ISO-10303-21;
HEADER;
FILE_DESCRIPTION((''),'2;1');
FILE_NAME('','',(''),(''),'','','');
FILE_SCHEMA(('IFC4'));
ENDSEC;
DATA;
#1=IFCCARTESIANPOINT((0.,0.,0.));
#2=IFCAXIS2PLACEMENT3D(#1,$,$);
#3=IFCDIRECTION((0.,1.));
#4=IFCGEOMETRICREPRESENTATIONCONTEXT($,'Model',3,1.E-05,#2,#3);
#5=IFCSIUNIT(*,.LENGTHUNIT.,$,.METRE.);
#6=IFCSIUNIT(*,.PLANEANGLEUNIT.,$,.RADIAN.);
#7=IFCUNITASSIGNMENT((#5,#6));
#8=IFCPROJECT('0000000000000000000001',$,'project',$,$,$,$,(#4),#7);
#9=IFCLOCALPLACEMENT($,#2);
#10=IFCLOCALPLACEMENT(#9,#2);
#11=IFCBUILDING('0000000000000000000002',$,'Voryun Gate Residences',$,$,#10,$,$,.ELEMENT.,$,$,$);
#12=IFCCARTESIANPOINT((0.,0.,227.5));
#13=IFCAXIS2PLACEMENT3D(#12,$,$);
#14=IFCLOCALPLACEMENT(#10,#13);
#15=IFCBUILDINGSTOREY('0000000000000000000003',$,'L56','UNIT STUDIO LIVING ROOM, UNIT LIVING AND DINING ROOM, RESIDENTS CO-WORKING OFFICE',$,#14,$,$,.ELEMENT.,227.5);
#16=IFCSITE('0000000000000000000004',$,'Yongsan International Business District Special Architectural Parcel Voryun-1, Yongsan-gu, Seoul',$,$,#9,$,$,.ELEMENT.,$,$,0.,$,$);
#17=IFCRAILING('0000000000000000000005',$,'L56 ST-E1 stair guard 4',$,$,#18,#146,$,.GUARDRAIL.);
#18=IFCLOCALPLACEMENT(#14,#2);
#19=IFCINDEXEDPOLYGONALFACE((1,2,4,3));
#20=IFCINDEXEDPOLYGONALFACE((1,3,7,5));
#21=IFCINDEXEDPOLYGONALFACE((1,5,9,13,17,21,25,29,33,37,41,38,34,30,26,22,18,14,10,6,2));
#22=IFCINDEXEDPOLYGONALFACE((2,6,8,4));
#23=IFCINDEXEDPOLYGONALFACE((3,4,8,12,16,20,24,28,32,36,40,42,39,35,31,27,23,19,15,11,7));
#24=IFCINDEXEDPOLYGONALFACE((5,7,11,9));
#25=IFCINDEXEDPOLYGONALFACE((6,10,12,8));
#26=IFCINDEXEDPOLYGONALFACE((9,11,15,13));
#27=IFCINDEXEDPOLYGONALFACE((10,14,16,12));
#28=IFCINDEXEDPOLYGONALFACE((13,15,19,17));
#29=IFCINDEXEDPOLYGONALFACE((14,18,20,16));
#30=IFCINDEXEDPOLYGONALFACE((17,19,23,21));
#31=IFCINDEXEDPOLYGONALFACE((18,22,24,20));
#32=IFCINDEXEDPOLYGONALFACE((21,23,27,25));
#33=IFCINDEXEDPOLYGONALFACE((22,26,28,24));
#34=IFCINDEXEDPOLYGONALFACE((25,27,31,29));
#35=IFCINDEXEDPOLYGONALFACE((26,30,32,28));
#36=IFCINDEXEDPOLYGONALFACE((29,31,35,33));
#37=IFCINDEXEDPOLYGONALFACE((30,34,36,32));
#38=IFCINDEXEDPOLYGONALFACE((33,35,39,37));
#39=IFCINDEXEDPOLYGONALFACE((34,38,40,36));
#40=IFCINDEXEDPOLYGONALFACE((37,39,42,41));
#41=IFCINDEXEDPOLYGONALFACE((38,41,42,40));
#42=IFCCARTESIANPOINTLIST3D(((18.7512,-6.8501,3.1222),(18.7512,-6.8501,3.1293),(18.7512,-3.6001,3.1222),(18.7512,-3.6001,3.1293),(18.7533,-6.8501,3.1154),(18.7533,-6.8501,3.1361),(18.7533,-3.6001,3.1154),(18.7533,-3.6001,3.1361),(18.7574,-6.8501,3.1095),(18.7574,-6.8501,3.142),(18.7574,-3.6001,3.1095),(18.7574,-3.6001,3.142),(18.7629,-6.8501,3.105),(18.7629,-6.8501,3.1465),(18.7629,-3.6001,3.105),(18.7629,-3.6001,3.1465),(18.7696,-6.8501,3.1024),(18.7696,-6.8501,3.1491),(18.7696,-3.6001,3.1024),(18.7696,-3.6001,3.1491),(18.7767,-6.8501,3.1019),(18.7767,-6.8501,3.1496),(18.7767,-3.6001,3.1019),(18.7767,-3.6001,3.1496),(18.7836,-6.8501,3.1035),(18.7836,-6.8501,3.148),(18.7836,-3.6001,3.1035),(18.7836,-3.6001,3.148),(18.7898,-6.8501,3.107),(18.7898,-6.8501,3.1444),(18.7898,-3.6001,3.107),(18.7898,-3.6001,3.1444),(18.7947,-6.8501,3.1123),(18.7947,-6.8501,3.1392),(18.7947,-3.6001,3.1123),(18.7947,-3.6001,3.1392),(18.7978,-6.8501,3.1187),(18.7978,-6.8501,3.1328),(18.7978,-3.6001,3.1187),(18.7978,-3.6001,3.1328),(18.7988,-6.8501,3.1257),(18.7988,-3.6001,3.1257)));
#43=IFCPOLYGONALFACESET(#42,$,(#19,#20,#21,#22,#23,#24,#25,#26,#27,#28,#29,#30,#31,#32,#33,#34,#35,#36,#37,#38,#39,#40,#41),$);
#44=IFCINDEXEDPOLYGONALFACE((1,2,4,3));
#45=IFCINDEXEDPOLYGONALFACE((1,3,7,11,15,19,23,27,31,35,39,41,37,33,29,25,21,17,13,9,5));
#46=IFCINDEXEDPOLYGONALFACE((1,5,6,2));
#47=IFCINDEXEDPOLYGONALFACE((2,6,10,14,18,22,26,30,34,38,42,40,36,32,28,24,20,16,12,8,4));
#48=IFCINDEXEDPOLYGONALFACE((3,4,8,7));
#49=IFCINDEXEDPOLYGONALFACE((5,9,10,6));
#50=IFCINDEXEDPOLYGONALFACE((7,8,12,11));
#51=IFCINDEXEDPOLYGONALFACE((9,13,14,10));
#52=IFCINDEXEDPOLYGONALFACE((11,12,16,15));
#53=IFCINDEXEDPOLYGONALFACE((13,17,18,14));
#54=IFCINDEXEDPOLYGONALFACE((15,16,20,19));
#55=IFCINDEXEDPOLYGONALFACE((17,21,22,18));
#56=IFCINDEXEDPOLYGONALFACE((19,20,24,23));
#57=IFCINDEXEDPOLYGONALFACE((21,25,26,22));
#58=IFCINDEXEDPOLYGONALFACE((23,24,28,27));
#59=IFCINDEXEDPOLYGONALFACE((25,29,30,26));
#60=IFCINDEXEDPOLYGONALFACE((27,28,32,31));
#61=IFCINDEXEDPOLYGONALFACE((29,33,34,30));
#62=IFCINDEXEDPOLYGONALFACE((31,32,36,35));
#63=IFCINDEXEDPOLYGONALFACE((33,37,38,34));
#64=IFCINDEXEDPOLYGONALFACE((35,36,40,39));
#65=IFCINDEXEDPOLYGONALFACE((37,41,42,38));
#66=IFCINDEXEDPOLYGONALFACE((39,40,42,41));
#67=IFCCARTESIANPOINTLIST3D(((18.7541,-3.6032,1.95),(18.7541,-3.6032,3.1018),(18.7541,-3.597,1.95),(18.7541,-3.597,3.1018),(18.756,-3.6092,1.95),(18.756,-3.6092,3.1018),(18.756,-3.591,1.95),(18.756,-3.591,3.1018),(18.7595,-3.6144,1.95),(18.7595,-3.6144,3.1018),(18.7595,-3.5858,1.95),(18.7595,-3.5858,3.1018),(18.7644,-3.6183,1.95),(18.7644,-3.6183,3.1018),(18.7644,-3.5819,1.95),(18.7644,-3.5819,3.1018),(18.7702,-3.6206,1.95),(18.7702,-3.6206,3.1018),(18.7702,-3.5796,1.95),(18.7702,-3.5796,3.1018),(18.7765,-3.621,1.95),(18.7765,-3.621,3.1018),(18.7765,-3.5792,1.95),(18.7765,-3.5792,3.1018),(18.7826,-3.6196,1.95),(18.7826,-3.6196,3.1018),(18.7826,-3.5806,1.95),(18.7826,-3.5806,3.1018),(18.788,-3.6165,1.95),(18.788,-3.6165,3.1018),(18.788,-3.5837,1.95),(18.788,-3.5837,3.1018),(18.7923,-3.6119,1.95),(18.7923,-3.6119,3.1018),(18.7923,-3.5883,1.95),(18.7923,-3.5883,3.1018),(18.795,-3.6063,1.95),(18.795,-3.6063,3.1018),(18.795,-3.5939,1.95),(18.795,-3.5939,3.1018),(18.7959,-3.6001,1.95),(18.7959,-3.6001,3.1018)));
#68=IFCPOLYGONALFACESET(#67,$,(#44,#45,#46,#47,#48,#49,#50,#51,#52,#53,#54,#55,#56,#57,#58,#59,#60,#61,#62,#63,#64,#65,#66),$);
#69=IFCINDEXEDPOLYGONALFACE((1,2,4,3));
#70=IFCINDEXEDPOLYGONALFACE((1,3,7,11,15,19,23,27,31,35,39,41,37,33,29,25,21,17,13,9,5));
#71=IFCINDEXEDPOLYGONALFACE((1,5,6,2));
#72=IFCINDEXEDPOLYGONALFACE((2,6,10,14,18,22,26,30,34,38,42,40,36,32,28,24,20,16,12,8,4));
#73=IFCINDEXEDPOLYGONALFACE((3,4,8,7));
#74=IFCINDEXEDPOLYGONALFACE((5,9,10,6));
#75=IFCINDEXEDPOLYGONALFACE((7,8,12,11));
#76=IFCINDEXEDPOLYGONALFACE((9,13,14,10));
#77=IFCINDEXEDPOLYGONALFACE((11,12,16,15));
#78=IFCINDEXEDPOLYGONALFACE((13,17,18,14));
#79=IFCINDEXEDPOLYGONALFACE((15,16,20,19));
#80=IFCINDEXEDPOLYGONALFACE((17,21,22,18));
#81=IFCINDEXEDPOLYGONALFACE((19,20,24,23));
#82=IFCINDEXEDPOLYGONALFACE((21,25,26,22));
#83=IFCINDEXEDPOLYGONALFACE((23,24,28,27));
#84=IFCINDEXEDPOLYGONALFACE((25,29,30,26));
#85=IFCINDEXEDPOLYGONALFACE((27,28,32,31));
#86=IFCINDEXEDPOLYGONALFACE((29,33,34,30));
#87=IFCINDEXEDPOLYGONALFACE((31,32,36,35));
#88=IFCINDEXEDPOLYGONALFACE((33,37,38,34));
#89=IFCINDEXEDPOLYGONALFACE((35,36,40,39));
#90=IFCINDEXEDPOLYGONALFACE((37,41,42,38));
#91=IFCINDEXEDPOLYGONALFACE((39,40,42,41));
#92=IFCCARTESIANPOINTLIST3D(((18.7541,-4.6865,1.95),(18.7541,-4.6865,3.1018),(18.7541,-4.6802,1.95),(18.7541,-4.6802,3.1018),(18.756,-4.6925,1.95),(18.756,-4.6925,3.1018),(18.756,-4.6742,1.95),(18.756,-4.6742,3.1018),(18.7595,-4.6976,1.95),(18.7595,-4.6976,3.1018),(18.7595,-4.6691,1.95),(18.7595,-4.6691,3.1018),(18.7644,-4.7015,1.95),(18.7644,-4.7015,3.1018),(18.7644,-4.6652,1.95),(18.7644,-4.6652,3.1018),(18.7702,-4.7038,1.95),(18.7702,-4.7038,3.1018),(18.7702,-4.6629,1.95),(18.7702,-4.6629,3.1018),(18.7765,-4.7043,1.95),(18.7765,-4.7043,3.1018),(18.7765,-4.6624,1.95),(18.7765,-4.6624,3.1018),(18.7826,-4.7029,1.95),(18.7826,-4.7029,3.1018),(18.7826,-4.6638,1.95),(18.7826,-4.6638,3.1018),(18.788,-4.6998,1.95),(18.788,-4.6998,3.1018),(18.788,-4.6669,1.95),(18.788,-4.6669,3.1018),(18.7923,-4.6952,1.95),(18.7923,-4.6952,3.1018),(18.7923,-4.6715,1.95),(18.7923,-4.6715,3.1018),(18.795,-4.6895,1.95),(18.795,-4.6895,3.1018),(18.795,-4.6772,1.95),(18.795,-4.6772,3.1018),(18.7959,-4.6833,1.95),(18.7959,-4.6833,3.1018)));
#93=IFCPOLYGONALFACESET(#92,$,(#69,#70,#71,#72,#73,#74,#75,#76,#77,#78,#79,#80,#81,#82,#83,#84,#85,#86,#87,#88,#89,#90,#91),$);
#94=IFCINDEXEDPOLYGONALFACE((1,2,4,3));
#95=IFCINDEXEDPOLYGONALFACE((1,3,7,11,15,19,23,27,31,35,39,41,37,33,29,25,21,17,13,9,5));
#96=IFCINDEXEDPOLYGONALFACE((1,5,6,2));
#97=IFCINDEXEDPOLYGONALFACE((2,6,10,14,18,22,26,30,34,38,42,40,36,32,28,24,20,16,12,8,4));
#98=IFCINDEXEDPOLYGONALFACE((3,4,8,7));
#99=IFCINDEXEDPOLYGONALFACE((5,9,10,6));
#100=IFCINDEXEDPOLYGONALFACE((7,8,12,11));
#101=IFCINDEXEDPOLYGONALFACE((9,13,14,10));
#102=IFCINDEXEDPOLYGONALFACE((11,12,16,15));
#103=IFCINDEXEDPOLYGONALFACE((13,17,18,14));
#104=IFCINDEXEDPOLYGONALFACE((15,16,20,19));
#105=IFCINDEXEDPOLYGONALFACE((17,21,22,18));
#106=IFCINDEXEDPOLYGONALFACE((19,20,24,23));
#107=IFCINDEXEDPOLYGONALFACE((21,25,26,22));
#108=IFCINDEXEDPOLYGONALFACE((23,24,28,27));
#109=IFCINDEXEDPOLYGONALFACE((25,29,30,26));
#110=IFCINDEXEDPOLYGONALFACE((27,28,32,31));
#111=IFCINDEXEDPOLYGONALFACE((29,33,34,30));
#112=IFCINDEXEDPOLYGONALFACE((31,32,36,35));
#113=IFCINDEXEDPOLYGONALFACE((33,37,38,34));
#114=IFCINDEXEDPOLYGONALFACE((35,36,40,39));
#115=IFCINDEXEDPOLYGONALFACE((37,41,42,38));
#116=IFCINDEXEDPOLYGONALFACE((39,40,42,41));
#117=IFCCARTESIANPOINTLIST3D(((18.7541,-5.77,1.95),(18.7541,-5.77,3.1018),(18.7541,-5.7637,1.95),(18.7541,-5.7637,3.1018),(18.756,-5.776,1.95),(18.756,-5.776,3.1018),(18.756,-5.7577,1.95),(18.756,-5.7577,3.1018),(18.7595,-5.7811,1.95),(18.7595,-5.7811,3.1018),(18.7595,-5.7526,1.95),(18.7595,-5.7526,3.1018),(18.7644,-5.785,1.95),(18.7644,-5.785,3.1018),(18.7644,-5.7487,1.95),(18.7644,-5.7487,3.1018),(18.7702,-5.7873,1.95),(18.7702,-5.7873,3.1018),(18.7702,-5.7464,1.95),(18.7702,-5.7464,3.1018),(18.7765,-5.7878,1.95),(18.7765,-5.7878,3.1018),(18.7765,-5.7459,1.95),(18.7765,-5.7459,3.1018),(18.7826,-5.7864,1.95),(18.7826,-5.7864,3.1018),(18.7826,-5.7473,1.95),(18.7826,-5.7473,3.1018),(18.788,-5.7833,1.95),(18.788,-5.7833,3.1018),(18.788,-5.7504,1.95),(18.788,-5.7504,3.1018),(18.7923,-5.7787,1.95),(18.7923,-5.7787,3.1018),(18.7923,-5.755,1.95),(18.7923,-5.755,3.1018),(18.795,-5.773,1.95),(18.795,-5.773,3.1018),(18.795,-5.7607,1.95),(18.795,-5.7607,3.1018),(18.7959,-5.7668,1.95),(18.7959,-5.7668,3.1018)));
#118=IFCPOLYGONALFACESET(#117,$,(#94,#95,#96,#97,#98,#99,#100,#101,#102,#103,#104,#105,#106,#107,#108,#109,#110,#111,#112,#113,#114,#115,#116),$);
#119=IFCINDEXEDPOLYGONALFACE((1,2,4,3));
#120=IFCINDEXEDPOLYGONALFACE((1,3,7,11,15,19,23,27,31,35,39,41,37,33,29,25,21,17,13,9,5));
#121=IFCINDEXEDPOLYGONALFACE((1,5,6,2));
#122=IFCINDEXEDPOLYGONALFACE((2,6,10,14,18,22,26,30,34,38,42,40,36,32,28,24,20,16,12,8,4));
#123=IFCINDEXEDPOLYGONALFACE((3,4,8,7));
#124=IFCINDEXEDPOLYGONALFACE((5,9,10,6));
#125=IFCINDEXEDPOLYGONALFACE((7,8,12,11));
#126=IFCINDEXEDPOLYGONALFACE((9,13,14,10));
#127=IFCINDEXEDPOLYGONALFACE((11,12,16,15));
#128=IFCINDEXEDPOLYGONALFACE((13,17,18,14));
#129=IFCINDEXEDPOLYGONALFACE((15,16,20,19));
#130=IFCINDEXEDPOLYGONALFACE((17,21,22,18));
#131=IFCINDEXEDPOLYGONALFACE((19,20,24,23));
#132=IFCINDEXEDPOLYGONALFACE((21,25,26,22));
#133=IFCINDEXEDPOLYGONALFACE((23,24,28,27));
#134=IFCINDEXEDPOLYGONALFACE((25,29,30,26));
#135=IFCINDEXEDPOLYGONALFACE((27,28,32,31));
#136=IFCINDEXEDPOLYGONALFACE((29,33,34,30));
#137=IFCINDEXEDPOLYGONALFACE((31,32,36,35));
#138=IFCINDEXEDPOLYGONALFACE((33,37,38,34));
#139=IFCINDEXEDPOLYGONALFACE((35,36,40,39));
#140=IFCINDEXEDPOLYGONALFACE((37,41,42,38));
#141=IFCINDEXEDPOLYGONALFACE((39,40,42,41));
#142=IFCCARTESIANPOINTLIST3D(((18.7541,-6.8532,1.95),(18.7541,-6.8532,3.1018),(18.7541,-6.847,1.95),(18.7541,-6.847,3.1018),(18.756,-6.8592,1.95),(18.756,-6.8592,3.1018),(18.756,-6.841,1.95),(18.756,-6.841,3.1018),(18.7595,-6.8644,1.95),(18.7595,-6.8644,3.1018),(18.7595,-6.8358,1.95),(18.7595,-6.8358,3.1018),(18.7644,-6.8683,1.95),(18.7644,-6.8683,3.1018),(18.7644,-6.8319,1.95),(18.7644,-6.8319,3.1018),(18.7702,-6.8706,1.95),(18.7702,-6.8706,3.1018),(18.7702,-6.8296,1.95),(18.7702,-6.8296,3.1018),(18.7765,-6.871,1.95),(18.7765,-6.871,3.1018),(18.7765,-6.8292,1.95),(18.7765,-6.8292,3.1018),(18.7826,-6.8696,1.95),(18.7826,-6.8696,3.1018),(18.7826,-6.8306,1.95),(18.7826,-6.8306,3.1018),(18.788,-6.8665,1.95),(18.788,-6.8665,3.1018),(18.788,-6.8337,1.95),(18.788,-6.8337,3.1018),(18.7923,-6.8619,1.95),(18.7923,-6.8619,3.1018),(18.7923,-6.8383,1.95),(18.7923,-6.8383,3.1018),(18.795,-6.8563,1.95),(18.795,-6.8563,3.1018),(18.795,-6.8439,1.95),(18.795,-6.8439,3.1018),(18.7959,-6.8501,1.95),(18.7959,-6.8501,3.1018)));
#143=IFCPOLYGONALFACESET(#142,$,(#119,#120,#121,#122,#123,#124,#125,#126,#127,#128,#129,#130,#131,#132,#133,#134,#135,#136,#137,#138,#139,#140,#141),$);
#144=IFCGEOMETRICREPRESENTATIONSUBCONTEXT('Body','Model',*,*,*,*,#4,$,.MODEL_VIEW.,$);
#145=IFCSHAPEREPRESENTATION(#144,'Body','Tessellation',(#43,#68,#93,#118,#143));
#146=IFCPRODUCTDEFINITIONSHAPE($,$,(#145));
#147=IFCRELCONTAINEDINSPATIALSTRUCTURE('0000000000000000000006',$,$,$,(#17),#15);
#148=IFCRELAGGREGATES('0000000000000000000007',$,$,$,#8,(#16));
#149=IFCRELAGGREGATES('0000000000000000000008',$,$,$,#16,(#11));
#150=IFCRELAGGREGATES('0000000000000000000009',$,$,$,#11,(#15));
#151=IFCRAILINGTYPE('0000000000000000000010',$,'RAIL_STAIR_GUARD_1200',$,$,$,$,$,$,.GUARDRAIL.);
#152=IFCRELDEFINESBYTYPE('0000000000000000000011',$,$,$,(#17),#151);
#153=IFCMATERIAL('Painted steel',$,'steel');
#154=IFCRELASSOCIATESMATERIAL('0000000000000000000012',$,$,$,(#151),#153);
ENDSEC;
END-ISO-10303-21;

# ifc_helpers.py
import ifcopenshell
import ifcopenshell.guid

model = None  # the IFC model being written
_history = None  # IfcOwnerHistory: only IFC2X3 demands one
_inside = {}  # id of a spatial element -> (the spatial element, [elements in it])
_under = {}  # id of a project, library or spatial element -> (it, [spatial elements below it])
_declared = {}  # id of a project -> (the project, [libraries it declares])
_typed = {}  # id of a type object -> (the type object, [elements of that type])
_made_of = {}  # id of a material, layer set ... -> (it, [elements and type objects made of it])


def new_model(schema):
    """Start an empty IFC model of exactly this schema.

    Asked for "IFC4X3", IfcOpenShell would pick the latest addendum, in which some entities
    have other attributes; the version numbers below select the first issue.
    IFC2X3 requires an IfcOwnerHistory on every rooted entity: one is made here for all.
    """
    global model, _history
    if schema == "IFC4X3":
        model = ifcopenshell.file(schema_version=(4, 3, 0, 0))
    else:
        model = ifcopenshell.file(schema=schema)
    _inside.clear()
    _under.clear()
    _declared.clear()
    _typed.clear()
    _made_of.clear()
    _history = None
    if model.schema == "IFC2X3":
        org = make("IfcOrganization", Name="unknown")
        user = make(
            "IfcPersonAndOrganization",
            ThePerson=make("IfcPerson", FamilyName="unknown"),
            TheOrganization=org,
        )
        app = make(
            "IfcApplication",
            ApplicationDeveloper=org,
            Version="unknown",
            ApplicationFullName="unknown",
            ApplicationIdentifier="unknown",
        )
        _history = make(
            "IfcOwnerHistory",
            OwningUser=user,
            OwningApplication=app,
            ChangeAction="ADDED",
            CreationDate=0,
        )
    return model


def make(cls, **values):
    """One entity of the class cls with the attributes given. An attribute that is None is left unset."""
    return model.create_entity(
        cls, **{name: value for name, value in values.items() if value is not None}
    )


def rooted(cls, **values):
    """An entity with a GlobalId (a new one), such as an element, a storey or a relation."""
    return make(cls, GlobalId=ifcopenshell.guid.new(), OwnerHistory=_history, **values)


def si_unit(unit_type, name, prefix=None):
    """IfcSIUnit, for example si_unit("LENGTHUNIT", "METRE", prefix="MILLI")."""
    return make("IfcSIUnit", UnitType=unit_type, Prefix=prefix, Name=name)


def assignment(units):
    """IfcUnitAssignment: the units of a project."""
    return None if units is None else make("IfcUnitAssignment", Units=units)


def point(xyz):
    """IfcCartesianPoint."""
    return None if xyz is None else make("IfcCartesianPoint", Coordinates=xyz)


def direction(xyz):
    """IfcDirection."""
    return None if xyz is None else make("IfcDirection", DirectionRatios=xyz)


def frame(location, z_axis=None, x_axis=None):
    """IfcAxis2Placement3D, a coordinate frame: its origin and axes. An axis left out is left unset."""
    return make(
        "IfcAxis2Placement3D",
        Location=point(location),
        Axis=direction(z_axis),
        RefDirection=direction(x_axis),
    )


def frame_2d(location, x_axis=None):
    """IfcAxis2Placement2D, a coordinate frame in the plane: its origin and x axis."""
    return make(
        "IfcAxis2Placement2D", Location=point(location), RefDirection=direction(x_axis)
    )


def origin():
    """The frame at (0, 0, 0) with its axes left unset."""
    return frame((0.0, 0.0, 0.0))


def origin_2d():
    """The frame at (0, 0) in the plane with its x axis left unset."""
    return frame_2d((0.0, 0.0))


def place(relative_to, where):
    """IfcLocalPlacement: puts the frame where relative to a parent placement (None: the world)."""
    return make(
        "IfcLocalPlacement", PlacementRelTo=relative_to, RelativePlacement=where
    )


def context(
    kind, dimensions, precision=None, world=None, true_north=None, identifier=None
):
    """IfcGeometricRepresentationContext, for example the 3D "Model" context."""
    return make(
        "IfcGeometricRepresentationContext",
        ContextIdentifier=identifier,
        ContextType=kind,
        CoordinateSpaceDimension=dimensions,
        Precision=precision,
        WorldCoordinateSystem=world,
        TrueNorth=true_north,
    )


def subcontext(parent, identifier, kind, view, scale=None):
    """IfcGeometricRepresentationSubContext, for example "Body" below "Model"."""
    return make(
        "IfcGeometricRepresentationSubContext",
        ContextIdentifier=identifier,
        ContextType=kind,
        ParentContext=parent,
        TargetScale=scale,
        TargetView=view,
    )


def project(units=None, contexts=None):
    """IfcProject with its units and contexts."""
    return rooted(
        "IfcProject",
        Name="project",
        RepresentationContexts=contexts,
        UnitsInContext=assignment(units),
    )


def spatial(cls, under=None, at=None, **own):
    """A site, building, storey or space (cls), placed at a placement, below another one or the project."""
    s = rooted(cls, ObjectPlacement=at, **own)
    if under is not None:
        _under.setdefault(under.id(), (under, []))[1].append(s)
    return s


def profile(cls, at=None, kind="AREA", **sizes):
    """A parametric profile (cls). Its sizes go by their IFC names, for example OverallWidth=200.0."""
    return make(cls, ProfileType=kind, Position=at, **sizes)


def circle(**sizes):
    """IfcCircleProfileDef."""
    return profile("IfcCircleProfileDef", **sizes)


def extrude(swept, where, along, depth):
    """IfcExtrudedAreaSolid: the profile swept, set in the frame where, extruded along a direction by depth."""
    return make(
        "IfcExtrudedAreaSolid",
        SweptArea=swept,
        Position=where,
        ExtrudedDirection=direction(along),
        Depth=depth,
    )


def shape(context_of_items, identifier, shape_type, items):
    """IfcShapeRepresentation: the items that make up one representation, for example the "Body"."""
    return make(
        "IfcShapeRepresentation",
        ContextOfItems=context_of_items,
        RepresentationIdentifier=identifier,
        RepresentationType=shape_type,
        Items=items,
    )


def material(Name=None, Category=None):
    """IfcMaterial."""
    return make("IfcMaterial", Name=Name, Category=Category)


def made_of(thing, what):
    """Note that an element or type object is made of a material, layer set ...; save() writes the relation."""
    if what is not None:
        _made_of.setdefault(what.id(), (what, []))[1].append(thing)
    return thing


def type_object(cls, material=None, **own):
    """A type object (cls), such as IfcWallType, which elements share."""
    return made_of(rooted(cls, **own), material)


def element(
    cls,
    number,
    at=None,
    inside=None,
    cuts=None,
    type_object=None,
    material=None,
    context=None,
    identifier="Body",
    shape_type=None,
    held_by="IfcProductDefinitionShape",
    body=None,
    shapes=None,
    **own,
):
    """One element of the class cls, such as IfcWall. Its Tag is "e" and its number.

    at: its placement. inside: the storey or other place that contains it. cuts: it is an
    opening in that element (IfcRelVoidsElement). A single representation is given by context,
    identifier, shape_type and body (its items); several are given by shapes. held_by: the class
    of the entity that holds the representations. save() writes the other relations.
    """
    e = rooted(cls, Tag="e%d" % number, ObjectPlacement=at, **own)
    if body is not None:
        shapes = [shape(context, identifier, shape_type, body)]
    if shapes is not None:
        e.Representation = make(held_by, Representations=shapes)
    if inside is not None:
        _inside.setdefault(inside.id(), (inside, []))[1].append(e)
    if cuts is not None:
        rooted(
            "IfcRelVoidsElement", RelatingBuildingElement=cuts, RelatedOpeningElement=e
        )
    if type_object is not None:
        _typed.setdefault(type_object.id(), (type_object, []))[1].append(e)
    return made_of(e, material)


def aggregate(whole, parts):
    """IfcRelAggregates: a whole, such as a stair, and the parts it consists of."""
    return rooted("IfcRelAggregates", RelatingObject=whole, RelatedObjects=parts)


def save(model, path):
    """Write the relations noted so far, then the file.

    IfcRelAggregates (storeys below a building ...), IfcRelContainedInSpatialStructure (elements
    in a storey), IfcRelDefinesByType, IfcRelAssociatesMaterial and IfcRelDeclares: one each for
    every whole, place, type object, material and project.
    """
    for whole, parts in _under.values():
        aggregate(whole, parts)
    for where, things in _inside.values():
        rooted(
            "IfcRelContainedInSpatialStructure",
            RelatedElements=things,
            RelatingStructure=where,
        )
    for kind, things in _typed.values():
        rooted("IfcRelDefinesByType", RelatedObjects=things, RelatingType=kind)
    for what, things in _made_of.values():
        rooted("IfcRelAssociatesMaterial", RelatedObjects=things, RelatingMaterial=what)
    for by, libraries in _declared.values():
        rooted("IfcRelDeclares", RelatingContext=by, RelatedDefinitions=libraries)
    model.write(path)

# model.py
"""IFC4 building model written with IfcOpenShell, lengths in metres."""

from ifc_helpers import new_model, si_unit, direction, frame, origin, origin_2d, place, context, subcontext, project, spatial, circle, extrude, material, type_object, element, save


model = new_model("IFC4")

# Units and contexts
model_context = context("Model", 3, precision=1e-05, world=origin(), true_north=direction((0.0, 1.0)))
body_context = subcontext(model_context, "Body", "Model", "MODEL_VIEW")
ifc_project = project(units=[si_unit("LENGTHUNIT", "METRE"), si_unit("PLANEANGLEUNIT", "RADIAN")], contexts=[model_context])

# Site, building, storey
site_placement = place(None, origin())
site = spatial("IfcSite", under=ifc_project, at=site_placement, Name="Yongsan International Business District Special Architectural Parcel Voryun-1, Yongsan-gu, Seoul", CompositionType="ELEMENT", RefElevation=0.0)
building_placement = place(site_placement, origin())
building = spatial("IfcBuilding", under=site, at=building_placement, Name="Voryun Gate Residences", CompositionType="ELEMENT")
storey_placement = place(building_placement, frame((0.0, 0.0, 227.5)))
storey = spatial("IfcBuildingStorey", under=building, at=storey_placement, Name="L56", Description="UNIT STUDIO LIVING ROOM, UNIT LIVING AND DINING ROOM, RESIDENTS CO-WORKING OFFICE", CompositionType="ELEMENT", Elevation=227.5)

# Railing
ifc_material_1 = material(Name="Painted steel", Category="steel")
railing_type_1 = type_object("IfcRailingType", Name="RAIL_STAIR_GUARD_1200", PredefinedType="GUARDRAIL", material=ifc_material_1)
railing_1_placement = place(storey_placement, frame((18.7749, -3.6001, 1.95)))
element("IfcRailing", 1, at=railing_1_placement, inside=storey, type_object=railing_type_1, Name="L56 ST-E1 stair guard 4", PredefinedType="GUARDRAIL", context=body_context, shape_type="SweptSolid", body=[
    extrude(circle(Radius=0.0239, at=origin_2d()), frame((0.0, 0.0, 1.1758), z_axis=(0.0, -1.0, 0.0), x_axis=(1.0, 0.0, 0.0)), (0.0, 0.0, 1.0), 3.25),
    extrude(circle(Radius=0.021, at=origin_2d()), origin(), (0.0, 0.0, 1.0), 1.1519),
    extrude(circle(Radius=0.021, at=origin_2d()), frame((0.0, -1.0833, 0.0)), (0.0, 0.0, 1.0), 1.1519),
    extrude(circle(Radius=0.021, at=origin_2d()), frame((0.0, -2.1667, 0.0)), (0.0, 0.0, 1.0), 1.1519),
    extrude(circle(Radius=0.021, at=origin_2d()), frame((0.0, -3.25, 0.0)), (0.0, 0.0, 1.0), 1.1519),
])

save(model, "model.ifc")
